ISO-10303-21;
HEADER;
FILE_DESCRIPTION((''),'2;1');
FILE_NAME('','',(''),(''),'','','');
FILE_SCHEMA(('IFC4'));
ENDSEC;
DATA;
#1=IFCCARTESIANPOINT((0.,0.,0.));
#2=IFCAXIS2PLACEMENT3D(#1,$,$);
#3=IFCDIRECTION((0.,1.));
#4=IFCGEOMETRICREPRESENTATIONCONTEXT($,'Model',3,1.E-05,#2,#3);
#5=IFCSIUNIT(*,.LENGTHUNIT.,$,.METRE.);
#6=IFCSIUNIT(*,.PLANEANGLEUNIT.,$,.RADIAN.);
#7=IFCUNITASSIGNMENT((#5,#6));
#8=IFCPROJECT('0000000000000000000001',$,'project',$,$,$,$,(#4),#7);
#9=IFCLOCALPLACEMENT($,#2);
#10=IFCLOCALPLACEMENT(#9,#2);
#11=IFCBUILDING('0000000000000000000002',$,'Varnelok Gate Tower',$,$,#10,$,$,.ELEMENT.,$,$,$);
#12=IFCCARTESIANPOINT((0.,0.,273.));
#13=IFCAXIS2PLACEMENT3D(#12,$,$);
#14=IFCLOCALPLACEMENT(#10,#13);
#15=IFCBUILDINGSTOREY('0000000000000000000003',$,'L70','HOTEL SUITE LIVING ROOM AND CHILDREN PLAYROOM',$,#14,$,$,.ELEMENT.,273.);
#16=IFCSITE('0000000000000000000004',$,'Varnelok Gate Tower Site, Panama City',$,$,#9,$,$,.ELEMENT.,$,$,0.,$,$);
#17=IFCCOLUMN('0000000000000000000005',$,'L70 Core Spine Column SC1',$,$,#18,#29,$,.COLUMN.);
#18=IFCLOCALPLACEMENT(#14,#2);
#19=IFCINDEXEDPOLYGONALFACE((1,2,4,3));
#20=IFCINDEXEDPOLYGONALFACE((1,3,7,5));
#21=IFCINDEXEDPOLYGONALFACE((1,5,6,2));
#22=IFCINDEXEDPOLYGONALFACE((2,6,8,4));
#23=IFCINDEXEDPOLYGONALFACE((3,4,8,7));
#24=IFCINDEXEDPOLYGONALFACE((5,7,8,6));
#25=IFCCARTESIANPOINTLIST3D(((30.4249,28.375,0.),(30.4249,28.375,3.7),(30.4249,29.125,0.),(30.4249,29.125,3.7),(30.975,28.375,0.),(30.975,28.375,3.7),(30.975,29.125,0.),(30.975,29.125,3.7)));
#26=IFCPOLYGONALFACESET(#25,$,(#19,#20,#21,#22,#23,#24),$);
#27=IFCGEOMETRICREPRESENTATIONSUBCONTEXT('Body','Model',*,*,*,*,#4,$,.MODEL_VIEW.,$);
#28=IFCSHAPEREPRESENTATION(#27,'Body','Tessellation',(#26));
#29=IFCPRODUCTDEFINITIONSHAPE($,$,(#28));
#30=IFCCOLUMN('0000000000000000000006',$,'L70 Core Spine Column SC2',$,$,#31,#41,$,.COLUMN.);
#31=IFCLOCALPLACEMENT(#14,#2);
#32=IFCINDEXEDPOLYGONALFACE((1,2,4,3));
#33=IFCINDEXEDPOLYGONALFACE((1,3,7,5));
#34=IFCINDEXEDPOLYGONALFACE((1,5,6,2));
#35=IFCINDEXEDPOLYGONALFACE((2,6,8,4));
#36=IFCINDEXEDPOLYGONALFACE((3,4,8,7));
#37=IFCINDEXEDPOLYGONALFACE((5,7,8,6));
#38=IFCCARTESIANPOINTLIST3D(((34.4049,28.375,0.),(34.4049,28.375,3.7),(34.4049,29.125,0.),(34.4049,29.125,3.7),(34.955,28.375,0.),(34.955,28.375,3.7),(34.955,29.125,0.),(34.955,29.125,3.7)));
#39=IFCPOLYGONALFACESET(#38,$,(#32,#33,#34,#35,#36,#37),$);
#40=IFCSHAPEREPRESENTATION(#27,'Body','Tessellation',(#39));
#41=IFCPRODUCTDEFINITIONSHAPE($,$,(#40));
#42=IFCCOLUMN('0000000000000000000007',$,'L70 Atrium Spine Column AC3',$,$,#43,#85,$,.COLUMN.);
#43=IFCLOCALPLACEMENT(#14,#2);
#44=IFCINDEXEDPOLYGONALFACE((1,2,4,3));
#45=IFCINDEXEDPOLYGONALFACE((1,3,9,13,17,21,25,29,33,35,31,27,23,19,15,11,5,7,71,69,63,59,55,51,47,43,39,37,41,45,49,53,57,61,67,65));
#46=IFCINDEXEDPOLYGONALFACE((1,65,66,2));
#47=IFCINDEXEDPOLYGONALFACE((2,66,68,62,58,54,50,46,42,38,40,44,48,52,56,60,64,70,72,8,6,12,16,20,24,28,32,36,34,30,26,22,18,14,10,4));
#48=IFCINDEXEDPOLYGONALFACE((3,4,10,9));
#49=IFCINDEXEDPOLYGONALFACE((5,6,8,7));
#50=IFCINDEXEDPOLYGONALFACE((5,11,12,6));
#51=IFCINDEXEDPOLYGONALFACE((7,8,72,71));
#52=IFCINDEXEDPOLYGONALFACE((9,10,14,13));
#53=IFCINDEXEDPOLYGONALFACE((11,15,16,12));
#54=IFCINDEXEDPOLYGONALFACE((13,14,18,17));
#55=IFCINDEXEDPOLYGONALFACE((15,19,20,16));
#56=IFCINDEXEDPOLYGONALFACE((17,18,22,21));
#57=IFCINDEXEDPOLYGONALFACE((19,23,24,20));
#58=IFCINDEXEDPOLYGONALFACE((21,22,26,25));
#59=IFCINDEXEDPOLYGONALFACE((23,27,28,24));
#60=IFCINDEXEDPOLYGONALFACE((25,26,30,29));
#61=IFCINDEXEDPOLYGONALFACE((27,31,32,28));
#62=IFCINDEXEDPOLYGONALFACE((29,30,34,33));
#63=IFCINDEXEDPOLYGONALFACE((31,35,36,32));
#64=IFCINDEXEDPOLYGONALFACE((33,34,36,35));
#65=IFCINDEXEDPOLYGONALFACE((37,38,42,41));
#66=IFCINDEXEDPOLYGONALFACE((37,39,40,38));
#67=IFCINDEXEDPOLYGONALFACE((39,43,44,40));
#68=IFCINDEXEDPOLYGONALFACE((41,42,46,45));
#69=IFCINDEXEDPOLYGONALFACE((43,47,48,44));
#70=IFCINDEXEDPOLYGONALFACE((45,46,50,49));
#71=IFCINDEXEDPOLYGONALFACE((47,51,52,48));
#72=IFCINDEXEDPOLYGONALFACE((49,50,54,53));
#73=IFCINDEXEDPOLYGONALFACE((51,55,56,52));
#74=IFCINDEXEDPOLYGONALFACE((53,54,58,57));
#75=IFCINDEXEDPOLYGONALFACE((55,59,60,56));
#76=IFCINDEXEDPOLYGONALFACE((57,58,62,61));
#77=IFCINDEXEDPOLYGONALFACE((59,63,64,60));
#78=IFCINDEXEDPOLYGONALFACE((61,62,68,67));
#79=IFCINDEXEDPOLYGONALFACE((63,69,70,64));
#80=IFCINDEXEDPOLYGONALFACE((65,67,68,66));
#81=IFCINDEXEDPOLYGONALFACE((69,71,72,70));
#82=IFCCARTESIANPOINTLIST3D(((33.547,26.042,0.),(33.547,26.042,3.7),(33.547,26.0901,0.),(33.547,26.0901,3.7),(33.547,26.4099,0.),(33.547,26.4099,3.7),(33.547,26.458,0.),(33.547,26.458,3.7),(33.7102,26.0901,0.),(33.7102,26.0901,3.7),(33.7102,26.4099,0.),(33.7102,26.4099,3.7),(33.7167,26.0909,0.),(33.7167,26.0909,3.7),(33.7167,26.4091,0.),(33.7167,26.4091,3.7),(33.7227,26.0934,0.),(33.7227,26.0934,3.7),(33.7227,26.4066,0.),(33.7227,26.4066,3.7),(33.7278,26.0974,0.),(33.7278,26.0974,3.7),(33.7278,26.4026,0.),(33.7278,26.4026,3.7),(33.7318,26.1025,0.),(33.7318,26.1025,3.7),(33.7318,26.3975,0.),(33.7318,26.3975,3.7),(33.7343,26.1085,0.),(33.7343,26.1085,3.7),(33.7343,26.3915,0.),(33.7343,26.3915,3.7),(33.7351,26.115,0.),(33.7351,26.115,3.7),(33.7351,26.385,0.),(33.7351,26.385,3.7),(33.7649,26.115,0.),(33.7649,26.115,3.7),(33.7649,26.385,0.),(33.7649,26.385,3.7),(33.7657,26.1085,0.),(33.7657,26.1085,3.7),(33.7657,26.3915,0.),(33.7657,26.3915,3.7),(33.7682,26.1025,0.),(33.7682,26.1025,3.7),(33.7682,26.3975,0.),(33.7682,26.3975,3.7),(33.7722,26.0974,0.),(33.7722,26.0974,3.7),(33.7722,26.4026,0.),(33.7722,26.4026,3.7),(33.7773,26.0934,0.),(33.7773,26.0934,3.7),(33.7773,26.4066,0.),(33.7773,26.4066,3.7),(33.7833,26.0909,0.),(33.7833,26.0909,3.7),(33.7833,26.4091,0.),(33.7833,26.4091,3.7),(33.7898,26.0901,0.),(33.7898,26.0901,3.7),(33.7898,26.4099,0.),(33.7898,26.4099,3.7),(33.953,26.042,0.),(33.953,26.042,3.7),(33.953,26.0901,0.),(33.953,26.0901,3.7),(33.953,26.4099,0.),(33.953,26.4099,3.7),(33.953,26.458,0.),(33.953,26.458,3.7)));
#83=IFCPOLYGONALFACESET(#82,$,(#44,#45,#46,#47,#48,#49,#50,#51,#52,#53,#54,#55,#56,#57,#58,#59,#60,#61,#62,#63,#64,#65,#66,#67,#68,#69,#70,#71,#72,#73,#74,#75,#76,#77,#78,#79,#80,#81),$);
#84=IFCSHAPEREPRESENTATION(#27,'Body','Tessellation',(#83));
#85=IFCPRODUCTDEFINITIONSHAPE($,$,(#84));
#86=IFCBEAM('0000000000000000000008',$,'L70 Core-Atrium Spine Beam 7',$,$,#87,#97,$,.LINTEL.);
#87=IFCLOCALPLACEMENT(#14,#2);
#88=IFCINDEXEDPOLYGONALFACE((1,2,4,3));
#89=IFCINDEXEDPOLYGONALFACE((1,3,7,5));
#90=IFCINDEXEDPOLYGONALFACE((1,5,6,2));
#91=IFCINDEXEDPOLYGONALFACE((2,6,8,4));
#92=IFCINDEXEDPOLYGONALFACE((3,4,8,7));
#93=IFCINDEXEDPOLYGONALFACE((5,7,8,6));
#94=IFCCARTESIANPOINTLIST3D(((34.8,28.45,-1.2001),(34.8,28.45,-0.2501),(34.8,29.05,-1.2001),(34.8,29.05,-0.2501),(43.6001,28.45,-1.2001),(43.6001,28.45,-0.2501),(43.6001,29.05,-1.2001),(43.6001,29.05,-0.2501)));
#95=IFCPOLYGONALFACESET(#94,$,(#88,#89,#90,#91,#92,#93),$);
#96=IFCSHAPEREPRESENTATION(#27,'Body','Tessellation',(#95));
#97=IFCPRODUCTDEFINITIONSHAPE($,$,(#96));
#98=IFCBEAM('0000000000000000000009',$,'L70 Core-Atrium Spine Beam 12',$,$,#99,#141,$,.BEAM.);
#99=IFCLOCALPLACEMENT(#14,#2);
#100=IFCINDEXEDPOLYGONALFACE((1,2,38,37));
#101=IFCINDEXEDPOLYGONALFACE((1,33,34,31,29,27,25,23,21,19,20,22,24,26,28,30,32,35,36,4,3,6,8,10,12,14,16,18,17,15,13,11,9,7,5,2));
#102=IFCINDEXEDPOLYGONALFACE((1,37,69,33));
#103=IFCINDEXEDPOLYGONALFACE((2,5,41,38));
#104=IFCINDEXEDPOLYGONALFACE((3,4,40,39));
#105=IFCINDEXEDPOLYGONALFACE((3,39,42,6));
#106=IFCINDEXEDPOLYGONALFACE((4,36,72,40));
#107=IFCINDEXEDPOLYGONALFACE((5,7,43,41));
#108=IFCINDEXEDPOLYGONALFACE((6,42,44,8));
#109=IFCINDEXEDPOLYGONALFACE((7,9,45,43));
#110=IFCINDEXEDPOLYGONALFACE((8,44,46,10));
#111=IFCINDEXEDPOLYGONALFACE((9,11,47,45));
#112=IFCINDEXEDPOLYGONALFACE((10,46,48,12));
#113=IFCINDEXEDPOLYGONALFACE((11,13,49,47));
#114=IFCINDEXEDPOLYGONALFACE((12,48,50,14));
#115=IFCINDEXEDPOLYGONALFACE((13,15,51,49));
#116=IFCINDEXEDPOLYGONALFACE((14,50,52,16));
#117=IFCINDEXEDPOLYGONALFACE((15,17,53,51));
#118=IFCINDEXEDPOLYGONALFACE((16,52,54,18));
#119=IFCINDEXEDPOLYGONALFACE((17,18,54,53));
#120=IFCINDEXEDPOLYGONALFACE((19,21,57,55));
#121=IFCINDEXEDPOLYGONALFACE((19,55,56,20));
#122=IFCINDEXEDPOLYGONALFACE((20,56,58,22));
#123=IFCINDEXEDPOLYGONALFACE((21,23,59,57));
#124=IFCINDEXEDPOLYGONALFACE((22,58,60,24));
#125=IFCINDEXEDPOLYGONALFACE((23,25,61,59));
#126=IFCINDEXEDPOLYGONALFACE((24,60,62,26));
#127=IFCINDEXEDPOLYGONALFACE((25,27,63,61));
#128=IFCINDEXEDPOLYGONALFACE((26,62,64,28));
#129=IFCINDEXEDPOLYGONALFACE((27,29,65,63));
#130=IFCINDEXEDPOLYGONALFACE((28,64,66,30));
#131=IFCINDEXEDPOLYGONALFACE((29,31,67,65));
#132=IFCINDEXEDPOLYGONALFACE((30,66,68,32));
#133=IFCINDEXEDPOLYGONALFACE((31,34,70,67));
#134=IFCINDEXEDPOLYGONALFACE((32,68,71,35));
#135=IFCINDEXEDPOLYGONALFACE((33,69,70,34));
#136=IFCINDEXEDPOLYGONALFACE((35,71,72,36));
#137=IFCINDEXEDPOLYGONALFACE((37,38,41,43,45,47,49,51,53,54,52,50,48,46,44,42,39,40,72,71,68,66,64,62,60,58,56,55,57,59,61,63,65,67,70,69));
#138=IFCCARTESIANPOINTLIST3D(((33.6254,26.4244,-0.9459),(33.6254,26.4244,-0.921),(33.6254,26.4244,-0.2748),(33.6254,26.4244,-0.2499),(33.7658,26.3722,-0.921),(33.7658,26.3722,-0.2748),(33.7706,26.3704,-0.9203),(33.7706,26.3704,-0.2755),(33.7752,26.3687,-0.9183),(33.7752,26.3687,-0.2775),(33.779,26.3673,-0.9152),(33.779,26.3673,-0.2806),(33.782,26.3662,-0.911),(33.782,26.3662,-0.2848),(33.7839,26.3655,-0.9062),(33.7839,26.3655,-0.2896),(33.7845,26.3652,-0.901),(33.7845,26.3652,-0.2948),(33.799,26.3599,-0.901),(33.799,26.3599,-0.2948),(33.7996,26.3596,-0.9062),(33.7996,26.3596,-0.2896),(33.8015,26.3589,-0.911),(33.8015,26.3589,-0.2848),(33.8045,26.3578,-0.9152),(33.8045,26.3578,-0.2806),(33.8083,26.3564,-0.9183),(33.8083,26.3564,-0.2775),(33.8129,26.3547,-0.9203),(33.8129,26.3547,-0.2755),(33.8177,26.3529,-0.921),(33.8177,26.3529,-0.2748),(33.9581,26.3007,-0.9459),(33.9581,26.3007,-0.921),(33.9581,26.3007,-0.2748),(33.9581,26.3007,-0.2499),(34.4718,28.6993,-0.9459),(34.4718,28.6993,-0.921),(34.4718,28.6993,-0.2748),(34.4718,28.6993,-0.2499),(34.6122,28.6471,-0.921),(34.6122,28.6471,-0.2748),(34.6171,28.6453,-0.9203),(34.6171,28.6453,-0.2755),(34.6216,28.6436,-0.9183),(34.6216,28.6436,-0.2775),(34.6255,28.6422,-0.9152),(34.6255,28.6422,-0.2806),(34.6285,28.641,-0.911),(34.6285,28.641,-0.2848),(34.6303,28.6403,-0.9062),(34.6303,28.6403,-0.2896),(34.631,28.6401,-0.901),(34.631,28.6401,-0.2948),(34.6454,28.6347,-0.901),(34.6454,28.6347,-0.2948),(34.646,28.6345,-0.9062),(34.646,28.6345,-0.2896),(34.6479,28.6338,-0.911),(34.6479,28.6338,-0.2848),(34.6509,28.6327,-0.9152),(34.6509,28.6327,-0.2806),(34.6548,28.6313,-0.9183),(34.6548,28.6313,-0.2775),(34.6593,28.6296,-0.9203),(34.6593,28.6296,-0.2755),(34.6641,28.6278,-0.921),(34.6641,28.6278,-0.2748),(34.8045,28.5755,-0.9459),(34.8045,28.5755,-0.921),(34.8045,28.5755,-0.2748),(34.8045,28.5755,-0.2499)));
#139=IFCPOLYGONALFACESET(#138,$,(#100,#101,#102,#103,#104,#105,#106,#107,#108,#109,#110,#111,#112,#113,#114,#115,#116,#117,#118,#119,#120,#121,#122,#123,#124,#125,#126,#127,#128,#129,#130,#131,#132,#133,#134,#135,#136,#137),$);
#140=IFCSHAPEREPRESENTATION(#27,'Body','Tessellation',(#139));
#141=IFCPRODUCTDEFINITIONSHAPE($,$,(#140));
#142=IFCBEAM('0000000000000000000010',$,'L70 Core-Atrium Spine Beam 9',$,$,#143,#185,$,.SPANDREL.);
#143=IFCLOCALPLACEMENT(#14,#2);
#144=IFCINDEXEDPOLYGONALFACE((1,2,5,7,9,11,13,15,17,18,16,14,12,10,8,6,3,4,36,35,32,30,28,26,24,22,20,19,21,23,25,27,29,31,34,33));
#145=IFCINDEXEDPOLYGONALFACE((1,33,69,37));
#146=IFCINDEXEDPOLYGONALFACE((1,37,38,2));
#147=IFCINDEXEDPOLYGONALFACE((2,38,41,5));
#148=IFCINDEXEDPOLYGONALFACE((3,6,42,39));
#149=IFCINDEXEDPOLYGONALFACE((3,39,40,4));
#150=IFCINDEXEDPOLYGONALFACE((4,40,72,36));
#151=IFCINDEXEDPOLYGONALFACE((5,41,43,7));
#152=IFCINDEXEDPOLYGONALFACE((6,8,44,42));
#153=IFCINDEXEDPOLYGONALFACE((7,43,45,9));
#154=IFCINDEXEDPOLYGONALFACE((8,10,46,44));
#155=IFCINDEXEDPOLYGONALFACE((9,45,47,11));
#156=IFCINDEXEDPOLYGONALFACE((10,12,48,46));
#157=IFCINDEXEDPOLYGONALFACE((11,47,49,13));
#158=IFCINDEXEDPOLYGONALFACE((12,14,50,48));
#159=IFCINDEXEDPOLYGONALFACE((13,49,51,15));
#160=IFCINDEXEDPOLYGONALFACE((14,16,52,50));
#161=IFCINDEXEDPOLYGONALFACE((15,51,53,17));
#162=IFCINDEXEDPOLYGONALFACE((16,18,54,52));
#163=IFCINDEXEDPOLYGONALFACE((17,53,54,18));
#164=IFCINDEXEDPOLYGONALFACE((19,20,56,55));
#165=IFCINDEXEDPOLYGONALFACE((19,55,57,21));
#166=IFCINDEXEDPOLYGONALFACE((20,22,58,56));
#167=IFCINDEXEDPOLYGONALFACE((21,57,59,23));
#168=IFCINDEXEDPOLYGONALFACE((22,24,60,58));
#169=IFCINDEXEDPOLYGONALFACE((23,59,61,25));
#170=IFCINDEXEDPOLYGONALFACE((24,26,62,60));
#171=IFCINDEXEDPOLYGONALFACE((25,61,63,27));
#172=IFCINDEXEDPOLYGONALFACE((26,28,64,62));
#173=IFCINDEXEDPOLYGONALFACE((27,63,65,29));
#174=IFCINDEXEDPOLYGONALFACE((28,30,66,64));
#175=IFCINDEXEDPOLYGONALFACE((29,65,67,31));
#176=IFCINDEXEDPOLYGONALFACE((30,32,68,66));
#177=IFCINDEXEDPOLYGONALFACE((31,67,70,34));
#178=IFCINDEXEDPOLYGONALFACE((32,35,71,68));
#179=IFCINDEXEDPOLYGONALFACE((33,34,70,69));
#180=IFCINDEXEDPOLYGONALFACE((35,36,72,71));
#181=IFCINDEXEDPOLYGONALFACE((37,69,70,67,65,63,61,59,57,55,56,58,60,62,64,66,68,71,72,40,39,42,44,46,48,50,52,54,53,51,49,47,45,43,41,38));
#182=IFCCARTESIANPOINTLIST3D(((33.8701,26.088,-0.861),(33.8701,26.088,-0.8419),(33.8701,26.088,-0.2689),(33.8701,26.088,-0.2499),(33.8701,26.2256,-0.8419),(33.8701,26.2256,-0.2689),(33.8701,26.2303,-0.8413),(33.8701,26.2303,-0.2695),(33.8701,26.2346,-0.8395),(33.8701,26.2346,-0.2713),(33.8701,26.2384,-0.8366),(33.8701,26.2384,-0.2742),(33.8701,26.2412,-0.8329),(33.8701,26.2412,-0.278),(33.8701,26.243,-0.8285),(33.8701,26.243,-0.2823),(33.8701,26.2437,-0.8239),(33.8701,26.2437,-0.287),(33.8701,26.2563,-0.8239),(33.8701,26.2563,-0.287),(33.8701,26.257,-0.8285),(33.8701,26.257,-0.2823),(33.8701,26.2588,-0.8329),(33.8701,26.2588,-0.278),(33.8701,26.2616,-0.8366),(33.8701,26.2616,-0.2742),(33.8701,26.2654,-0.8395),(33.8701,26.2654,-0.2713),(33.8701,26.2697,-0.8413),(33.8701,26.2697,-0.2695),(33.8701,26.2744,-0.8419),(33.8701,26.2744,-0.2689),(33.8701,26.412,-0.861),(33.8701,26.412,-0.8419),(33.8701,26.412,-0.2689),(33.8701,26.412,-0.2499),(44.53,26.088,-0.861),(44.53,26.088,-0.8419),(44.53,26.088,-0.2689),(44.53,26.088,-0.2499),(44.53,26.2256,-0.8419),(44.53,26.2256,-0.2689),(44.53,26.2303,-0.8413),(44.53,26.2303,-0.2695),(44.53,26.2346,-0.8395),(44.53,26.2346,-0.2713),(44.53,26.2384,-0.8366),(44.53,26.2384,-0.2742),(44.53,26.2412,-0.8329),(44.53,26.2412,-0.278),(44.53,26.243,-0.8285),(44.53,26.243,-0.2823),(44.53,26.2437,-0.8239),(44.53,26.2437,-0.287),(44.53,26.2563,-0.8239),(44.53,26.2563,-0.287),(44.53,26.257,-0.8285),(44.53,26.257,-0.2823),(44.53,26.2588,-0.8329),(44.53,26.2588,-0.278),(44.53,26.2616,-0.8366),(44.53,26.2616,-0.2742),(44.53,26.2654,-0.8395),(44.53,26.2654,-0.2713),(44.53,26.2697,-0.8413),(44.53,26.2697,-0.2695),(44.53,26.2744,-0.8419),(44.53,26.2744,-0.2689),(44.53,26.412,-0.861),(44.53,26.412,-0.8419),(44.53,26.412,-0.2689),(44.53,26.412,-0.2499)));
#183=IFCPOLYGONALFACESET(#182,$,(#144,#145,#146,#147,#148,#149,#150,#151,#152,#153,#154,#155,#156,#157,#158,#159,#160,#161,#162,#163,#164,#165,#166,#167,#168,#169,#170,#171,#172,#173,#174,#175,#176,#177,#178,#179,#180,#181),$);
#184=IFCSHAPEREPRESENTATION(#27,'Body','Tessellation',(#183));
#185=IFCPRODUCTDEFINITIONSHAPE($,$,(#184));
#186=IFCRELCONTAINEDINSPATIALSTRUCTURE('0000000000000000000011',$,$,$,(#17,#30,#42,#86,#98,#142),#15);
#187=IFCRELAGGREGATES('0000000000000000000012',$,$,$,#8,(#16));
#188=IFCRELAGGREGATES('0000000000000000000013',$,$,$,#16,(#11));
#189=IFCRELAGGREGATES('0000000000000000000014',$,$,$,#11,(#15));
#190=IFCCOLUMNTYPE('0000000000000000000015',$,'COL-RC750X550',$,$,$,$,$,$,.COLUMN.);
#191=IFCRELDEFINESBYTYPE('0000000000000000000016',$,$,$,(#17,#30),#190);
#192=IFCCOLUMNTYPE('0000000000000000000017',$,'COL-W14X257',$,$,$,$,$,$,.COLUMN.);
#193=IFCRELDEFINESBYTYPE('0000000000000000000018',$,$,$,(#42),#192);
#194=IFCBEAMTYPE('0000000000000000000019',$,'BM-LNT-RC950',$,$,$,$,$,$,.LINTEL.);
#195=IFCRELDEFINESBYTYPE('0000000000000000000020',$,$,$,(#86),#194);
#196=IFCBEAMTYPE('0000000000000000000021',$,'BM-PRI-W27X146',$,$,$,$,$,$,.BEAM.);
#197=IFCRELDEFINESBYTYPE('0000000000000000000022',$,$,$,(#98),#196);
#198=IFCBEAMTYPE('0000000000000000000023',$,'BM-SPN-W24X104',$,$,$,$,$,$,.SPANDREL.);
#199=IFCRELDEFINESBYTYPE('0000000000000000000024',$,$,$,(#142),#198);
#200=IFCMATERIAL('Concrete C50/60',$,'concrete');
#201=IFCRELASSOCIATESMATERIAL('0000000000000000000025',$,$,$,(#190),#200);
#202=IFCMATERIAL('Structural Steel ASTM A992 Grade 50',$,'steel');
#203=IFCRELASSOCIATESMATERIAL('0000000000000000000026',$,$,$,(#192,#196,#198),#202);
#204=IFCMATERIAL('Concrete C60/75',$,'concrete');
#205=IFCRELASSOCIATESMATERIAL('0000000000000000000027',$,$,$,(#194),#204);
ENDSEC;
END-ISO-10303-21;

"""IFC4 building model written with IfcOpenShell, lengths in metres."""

from ifc_helpers import new_model, si_unit, direction, frame, origin, origin_2d, place, context, subcontext, project, spatial, rectangle, i_section, extrude, material, material_profile, profile_set, type_object, element, save


model = new_model("IFC4")

# Units and contexts
model_context = context("Model", 3, precision=1e-05, world=origin(), true_north=direction((0.0, 1.0)))
body_context = subcontext(model_context, "Body", "Model", "MODEL_VIEW")
ifc_project = project(units=[si_unit("LENGTHUNIT", "METRE"), si_unit("PLANEANGLEUNIT", "RADIAN")], contexts=[model_context])

# Site, building, storey
site_placement = place(None, origin())
site = spatial("IfcSite", under=ifc_project, at=site_placement, Name="Varnelok Gate Tower Site, Panama City", CompositionType="ELEMENT", RefElevation=0.0)
building_placement = place(site_placement, origin())
building = spatial("IfcBuilding", under=site, at=building_placement, Name="Varnelok Gate Tower", CompositionType="ELEMENT")
storey_placement = place(building_placement, frame((0.0, 0.0, 273.0)))
storey = spatial("IfcBuildingStorey", under=building, at=storey_placement, Name="L70", Description="HOTEL SUITE LIVING ROOM AND CHILDREN PLAYROOM", CompositionType="ELEMENT", Elevation=273.0)

# Columns
ifc_material_1 = material(Name="Concrete C50/60", Category="concrete")
ifc_material_profile_1 = material_profile(ifc_material_1, rectangle(XDim=0.55, YDim=0.75, at=origin_2d()), Name="RC750X550")
ifc_profile_set_1 = profile_set([ifc_material_profile_1], Name="Concrete C50/60")
column_type_1 = type_object("IfcColumnType", Name="COL-RC750X550", PredefinedType="COLUMN", material=ifc_profile_set_1)
for number, where, z_axis, x_axis, name in (
    (1, (30.7, 28.75, 0.0), (0.0, 0.0, 1.0), (1.0, 0.0, 0.0), "L70 Core Spine Column SC1"),
    (2, (34.6799, 28.75, 0.0), (0.0, 0.0, 1.0), (1.0, 0.0, 0.0), "L70 Core Spine Column SC2"),
):
    element("IfcColumn", number, at=place(storey_placement, frame(where, z_axis=z_axis, x_axis=x_axis)), inside=storey, type_object=column_type_1, Name=name, PredefinedType="COLUMN", context=body_context, shape_type="SweptSolid", body=[
        extrude(rectangle(XDim=0.55, YDim=0.75, at=origin_2d()), origin(), (0.0, 0.0, 1.0), 3.7),
    ])
ifc_material_2 = material(Name="Structural Steel ASTM A992 Grade 50", Category="steel")
ifc_material_profile_2 = material_profile(ifc_material_2, i_section(OverallWidth=0.406, OverallDepth=0.416, WebThickness=0.0298, FlangeThickness=0.0481, FilletRadius=0.0249, at=origin_2d()), Name="W14X257")
ifc_profile_set_2 = profile_set([ifc_material_profile_2], Name="Structural Steel ASTM A992 Grade 50")
column_type_2 = type_object("IfcColumnType", Name="COL-W14X257", PredefinedType="COLUMN", material=ifc_profile_set_2)
column_placement = place(storey_placement, frame((33.75, 26.25, 0.0), z_axis=(0.0, 0.0, 1.0), x_axis=(1.0, 0.0, 0.0)))
element("IfcColumn", 3, at=column_placement, inside=storey, type_object=column_type_2, Name="L70 Atrium Spine Column AC3", PredefinedType="COLUMN", context=body_context, shape_type="SweptSolid", body=[
    extrude(i_section(OverallWidth=0.406, OverallDepth=0.416, WebThickness=0.0298, FlangeThickness=0.0481, FilletRadius=0.0249, at=origin_2d()), origin(), (0.0, 0.0, 1.0), 3.7),
])

# Beams
ifc_material_3 = material(Name="Concrete C60/75", Category="concrete")
ifc_material_profile_3 = material_profile(ifc_material_3, rectangle(XDim=0.6001, YDim=0.95, at=origin_2d()), Name="RC950X600")
ifc_profile_set_3 = profile_set([ifc_material_profile_3], Name="Concrete C60/75")
beam_type_1 = type_object("IfcBeamType", Name="BM-LNT-RC950", PredefinedType="LINTEL", material=ifc_profile_set_3)
beam_1_placement = place(storey_placement, frame((34.8, 28.75, -0.7251), z_axis=(1.0, 0.0, 0.0), x_axis=(0.0, 1.0, 0.0)))
element("IfcBeam", 4, at=beam_1_placement, inside=storey, type_object=beam_type_1, Name="L70 Core-Atrium Spine Beam 7", PredefinedType="LINTEL", context=body_context, shape_type="SweptSolid", body=[
    extrude(rectangle(XDim=0.6001, YDim=0.95, at=origin_2d()), origin(), (0.0, 0.0, 1.0), 8.8),
])
ifc_material_profile_4 = material_profile(ifc_material_2, i_section(OverallWidth=0.355, OverallDepth=0.696, WebThickness=0.0154, FlangeThickness=0.0249, FilletRadius=0.02, at=origin_2d()), Name="W27X146")
ifc_profile_set_4 = profile_set([ifc_material_profile_4], Name="Structural Steel ASTM A992 Grade 50")
beam_type_2 = type_object("IfcBeamType", Name="BM-PRI-W27X146", PredefinedType="BEAM", material=ifc_profile_set_4)
beam_2_placement = place(storey_placement, frame((33.7917, 26.3625, -0.5979), z_axis=(0.348719, 0.937227, 0.0), x_axis=(-0.937227, 0.348719, 0.0)))
element("IfcBeam", 5, at=beam_2_placement, inside=storey, type_object=beam_type_2, Name="L70 Core-Atrium Spine Beam 12", PredefinedType="BEAM", context=body_context, shape_type="SweptSolid", body=[
    extrude(i_section(OverallWidth=0.355, OverallDepth=0.696, WebThickness=0.0154, FlangeThickness=0.0249, FilletRadius=0.02, at=origin_2d()), origin(), (0.0, 0.0, 1.0), 2.4272),
])
ifc_material_profile_5 = material_profile(ifc_material_2, i_section(OverallWidth=0.324, OverallDepth=0.6111, WebThickness=0.0127, FlangeThickness=0.019, FilletRadius=0.0181, at=origin_2d()), Name="W24X104")
ifc_profile_set_5 = profile_set([ifc_material_profile_5], Name="Structural Steel ASTM A992 Grade 50")
beam_type_3 = type_object("IfcBeamType", Name="BM-SPN-W24X104", PredefinedType="SPANDREL", material=ifc_profile_set_5)
beam_3_placement = place(storey_placement, frame((33.8701, 26.25, -0.5554), z_axis=(1.0, 0.0, 0.0), x_axis=(0.0, 1.0, 0.0)))
element("IfcBeam", 6, at=beam_3_placement, inside=storey, type_object=beam_type_3, Name="L70 Core-Atrium Spine Beam 9", PredefinedType="SPANDREL", context=body_context, shape_type="SweptSolid", body=[
    extrude(i_section(OverallWidth=0.324, OverallDepth=0.6111, WebThickness=0.0127, FlangeThickness=0.019, FilletRadius=0.0181, at=origin_2d()), origin(), (0.0, 0.0, 1.0), 10.6599),
])

save(model, "model.ifc")
